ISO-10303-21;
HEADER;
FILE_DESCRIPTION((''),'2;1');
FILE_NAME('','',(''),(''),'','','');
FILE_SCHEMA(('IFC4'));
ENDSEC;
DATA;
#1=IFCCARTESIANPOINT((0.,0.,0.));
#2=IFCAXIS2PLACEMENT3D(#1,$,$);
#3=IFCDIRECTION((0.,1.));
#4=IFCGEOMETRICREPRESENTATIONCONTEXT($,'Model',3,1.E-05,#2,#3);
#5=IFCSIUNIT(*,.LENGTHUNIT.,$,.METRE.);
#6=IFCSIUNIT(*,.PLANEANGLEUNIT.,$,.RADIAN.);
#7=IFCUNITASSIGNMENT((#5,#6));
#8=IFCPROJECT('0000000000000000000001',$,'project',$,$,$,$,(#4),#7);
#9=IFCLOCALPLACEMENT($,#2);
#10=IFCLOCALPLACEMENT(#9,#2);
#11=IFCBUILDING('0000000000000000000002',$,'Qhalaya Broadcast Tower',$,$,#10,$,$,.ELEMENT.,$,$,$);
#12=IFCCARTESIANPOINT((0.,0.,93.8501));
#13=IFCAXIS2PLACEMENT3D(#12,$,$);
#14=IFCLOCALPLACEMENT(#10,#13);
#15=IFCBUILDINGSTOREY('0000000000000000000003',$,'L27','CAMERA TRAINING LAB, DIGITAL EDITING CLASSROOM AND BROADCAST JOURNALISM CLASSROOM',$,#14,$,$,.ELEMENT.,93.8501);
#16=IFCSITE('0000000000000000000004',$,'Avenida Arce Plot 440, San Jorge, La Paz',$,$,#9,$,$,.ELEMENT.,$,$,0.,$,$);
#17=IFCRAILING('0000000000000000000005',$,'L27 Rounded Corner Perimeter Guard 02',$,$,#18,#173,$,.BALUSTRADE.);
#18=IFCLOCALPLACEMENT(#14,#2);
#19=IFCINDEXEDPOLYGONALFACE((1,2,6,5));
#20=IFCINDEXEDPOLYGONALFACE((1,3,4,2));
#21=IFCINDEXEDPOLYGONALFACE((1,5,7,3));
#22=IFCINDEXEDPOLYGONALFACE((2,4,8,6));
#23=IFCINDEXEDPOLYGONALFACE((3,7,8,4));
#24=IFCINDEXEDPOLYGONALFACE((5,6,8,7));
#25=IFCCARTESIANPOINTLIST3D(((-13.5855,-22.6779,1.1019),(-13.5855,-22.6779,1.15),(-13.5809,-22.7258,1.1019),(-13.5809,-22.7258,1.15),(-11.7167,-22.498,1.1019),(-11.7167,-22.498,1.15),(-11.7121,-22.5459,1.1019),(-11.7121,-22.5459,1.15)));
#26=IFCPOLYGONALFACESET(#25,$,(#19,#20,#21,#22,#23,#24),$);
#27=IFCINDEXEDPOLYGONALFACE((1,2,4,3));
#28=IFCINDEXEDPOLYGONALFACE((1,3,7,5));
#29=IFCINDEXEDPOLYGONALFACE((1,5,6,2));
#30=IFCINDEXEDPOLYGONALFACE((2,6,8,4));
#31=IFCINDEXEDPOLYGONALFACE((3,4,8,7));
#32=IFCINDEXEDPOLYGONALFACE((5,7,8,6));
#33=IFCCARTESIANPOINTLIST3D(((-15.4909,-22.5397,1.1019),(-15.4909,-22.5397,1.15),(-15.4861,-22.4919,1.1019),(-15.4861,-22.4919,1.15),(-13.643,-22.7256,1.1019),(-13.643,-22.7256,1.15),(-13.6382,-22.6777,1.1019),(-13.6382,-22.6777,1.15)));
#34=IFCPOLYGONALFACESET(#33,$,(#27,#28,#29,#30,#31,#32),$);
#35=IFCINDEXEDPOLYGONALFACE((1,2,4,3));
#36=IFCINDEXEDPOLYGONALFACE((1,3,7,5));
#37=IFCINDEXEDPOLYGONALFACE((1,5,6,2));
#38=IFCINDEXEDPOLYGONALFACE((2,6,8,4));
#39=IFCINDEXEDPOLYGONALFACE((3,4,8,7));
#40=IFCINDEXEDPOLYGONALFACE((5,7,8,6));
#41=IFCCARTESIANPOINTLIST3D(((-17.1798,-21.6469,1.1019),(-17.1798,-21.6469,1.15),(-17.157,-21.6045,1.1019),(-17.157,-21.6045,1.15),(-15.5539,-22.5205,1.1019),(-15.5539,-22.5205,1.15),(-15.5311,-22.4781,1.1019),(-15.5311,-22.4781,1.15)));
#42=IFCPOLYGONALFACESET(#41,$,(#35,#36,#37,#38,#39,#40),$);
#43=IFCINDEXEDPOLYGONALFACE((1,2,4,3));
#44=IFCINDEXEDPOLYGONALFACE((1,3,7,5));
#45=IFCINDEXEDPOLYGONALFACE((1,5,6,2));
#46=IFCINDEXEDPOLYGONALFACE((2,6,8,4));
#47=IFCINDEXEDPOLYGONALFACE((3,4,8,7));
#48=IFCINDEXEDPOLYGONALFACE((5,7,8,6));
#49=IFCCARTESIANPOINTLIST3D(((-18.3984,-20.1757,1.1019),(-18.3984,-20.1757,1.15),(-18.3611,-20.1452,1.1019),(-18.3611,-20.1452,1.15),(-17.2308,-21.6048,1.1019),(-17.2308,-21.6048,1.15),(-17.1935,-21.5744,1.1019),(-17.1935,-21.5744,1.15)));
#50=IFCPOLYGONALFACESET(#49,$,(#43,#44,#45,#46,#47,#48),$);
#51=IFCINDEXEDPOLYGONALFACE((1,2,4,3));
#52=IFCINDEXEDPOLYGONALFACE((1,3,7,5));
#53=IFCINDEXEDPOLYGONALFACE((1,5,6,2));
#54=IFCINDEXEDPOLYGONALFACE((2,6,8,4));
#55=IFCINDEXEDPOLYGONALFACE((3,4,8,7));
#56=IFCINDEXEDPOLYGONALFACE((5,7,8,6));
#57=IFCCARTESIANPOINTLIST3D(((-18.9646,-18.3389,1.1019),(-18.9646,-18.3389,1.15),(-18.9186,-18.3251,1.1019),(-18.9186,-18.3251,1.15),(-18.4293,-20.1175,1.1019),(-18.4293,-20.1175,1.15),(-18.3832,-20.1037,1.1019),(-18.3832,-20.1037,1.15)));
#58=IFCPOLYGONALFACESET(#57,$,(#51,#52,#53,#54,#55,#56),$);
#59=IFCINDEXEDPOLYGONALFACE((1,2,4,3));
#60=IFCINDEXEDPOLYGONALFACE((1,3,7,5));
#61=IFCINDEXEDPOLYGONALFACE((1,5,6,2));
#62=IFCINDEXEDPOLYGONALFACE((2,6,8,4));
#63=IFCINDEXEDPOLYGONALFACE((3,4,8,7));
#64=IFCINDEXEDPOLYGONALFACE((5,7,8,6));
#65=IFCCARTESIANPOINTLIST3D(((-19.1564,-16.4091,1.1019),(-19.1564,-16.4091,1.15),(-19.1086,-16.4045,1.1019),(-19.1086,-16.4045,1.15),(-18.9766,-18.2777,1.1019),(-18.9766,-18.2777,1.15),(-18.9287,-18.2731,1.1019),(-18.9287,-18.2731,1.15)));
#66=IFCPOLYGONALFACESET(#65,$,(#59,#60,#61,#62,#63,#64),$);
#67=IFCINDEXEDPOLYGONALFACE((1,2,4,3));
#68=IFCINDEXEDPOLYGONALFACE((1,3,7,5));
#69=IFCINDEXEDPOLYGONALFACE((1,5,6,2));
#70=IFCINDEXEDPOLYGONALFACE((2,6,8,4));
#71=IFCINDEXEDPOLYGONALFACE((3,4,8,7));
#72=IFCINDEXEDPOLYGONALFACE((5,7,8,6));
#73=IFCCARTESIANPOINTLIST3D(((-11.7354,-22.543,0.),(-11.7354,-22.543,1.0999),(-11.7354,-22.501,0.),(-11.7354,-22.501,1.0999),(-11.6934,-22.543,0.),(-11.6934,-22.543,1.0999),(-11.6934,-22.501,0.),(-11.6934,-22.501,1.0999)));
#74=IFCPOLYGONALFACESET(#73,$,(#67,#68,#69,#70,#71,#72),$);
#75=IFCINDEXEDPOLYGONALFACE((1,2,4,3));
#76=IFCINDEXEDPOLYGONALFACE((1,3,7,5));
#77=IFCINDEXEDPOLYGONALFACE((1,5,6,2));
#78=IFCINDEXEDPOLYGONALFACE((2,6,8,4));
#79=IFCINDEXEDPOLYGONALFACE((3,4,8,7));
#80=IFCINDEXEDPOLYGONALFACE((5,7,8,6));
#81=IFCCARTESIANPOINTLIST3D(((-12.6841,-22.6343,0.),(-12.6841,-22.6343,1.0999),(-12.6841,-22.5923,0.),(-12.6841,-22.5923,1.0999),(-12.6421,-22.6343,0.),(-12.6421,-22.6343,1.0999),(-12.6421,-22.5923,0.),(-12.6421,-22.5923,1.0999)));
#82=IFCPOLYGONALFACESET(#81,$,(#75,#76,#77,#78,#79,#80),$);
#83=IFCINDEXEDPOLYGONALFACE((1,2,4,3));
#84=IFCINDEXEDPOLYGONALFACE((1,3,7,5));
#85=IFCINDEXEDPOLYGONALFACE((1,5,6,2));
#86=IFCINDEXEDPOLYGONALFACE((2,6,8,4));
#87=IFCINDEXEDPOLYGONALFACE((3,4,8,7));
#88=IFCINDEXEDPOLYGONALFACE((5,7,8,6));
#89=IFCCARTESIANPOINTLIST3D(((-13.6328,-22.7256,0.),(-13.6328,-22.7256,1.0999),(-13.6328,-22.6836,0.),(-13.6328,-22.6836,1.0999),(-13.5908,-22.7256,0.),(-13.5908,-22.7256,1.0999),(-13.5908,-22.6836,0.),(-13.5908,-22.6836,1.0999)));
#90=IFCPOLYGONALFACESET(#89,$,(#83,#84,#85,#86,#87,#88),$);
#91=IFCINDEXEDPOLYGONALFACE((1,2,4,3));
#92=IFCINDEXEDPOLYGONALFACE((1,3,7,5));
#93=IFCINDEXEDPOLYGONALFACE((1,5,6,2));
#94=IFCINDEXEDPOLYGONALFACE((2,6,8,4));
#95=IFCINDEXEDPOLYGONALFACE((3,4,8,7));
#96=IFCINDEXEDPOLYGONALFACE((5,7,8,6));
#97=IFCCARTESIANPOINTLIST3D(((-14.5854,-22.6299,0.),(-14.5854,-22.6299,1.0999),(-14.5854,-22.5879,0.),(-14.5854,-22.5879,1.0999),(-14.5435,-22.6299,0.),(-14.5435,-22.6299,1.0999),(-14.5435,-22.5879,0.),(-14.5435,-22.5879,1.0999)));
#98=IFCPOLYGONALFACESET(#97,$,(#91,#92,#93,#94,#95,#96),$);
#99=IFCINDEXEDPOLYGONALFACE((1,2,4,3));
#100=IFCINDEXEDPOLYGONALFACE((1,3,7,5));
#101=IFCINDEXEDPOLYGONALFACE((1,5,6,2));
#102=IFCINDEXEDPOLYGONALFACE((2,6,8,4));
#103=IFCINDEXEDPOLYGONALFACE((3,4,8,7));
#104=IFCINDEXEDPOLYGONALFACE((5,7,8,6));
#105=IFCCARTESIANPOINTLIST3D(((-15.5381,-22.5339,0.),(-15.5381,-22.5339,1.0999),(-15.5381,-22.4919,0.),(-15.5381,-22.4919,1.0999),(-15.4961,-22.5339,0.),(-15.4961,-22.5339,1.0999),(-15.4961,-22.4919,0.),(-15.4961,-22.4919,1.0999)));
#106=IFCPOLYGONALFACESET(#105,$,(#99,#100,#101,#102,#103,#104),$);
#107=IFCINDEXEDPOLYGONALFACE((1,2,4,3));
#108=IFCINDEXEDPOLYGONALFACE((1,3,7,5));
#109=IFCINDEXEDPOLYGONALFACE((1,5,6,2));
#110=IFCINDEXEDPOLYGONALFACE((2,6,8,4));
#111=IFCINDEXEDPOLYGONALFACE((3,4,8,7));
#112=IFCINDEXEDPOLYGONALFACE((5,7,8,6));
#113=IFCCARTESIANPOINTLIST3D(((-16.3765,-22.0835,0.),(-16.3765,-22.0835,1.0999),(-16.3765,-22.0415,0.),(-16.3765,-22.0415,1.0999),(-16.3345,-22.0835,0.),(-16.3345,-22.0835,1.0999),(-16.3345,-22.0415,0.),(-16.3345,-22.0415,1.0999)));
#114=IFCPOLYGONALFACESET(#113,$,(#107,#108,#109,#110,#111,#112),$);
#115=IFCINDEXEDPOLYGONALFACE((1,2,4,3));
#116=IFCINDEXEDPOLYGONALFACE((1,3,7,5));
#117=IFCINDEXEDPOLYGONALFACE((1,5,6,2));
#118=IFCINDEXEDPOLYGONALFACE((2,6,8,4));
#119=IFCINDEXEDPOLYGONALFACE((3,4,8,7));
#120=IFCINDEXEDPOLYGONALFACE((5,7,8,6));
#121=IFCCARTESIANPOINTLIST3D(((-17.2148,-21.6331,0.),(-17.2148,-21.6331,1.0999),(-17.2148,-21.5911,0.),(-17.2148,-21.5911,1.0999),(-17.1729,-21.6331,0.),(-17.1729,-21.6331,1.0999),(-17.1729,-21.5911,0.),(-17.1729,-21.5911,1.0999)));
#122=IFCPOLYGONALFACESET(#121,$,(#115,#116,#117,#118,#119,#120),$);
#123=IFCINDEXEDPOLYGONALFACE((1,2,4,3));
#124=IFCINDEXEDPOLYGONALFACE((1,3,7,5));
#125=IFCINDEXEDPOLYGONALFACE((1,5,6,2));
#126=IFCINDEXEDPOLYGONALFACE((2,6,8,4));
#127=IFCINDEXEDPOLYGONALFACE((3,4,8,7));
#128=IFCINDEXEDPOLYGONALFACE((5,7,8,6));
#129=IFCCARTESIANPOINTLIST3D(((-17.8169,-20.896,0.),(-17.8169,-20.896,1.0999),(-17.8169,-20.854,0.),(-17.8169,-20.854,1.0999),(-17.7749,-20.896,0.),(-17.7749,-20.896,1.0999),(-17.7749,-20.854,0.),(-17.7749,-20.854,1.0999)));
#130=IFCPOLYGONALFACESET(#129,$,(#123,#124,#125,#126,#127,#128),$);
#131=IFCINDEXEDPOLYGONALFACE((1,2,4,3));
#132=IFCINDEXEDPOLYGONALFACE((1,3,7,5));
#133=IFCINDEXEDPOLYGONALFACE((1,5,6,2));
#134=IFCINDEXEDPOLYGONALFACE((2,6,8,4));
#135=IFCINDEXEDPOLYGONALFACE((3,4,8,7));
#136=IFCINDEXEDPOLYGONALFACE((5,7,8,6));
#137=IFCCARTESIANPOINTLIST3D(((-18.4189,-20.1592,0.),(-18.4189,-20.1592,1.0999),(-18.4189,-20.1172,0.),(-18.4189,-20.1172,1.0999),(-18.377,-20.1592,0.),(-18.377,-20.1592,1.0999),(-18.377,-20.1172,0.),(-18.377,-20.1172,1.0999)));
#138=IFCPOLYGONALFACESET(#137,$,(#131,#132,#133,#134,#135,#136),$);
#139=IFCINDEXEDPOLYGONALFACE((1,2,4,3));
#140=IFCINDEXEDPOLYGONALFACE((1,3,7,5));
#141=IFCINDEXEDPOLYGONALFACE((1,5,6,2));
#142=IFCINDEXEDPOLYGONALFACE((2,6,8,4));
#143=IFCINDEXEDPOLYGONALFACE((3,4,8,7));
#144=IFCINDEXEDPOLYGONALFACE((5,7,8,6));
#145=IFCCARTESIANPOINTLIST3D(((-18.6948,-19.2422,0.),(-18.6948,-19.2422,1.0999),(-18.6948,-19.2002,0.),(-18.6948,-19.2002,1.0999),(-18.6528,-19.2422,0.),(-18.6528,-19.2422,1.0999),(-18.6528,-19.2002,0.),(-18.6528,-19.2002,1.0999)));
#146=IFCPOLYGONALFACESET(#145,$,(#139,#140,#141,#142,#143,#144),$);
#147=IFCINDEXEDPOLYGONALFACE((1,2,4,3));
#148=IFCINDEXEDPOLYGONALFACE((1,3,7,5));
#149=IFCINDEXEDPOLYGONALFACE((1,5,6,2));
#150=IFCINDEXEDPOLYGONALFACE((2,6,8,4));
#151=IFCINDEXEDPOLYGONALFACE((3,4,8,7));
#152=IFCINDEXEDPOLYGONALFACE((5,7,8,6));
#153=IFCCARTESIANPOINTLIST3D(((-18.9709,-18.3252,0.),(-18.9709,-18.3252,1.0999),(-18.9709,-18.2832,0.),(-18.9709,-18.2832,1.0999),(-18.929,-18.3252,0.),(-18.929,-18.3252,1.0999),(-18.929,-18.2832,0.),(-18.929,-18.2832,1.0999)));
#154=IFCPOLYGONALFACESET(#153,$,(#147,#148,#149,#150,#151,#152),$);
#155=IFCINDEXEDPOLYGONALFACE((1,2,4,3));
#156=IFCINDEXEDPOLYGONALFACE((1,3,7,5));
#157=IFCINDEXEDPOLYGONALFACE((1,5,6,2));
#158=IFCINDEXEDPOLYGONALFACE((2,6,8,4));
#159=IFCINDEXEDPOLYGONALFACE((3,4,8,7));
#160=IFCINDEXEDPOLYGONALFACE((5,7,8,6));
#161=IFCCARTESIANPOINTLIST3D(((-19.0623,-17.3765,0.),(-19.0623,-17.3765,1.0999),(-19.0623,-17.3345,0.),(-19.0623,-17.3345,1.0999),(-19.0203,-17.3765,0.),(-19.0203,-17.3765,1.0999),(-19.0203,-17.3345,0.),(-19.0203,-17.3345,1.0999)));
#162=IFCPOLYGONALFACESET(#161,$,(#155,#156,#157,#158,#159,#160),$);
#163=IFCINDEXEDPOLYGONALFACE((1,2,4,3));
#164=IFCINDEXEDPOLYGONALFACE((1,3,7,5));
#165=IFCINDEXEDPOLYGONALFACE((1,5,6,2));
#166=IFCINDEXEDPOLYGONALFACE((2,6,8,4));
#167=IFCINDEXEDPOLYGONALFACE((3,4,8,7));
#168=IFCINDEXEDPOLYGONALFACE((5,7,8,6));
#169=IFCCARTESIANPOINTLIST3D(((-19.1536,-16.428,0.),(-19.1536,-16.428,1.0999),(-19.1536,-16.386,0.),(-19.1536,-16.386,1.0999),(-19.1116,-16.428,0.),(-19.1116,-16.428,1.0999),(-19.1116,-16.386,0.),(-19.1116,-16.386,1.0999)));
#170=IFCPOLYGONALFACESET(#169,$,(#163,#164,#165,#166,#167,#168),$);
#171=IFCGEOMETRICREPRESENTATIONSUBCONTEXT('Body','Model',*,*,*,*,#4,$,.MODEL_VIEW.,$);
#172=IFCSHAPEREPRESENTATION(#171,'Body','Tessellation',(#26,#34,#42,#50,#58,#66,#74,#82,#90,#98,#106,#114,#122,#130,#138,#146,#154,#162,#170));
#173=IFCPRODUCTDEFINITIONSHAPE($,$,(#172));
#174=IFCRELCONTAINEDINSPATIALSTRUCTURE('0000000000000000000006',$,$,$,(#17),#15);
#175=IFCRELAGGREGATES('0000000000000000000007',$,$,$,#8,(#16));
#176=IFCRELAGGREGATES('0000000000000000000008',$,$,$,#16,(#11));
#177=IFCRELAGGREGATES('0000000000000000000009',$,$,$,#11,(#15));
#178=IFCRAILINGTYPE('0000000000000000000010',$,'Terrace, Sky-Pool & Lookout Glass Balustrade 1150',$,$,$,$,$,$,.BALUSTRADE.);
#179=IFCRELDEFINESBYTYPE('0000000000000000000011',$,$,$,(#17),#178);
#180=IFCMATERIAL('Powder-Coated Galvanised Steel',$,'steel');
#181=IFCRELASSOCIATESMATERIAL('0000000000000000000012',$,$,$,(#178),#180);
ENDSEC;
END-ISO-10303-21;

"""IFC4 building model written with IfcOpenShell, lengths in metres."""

from ifc_helpers import new_model, si_unit, direction, frame, origin, origin_2d, place, context, subcontext, project, spatial, rectangle, extrude, material, type_object, element, save


model = new_model("IFC4")

# Units and contexts
model_context = context("Model", 3, precision=1e-05, world=origin(), true_north=direction((0.0, 1.0)))
body_context = subcontext(model_context, "Body", "Model", "MODEL_VIEW")
ifc_project = project(units=[si_unit("LENGTHUNIT", "METRE"), si_unit("PLANEANGLEUNIT", "RADIAN")], contexts=[model_context])

# Site, building, storey
site_placement = place(None, origin())
site = spatial("IfcSite", under=ifc_project, at=site_placement, Name="Avenida Arce Plot 440, San Jorge, La Paz", CompositionType="ELEMENT", RefElevation=0.0)
building_placement = place(site_placement, origin())
building = spatial("IfcBuilding", under=site, at=building_placement, Name="Qhalaya Broadcast Tower", CompositionType="ELEMENT")
storey_placement = place(building_placement, frame((0.0, 0.0, 93.8501)))
storey = spatial("IfcBuildingStorey", under=building, at=storey_placement, Name="L27", Description="CAMERA TRAINING LAB, DIGITAL EDITING CLASSROOM AND BROADCAST JOURNALISM CLASSROOM", CompositionType="ELEMENT", Elevation=93.8501)

# Railing
ifc_material_1 = material(Name="Powder-Coated Galvanised Steel", Category="steel")
railing_type = type_object("IfcRailingType", Name="Terrace, Sky-Pool & Lookout Glass Balustrade 1150", PredefinedType="BALUSTRADE", material=ifc_material_1)
railing_placement = place(storey_placement, frame((-11.7144, -22.522, 0.0)))
element("IfcRailing", 1, at=railing_placement, inside=storey, type_object=railing_type, Name="L27 Rounded Corner Perimeter Guard 02", PredefinedType="BALUSTRADE", context=body_context, shape_type="SweptSolid", body=[
    extrude(rectangle(XDim=0.0481, YDim=0.0481, at=origin_2d()), frame((0.0, 0.0, 1.126), z_axis=(-0.995401, -0.0958, 0.0), x_axis=(0.0958, -0.995401, 0.0)), (0.0, 0.0, 1.0), 1.8774),
    extrude(rectangle(XDim=0.0481, YDim=0.0481, at=origin_2d()), frame((-1.9263, -0.1797, 1.126), z_axis=(-0.994979, 0.100084, 0.0), x_axis=(-0.100084, -0.994979, 0.0)), (0.0, 0.0, 1.0), 1.8572),
    extrude(rectangle(XDim=0.0481, YDim=0.0481, at=origin_2d()), frame((-3.8281, 0.0227, 1.126), z_axis=(-0.880907, 0.473289, 0.0), x_axis=(-0.473289, -0.880907, 0.0)), (0.0, 0.0, 1.0), 1.8457),
    extrude(rectangle(XDim=0.0481, YDim=0.0481, at=origin_2d()), frame((-5.4978, 0.9324, 1.126), z_axis=(-0.632672, 0.77442, 0.0), x_axis=(-0.77442, -0.632672, 0.0)), (0.0, 0.0, 1.0), 1.8455),
    extrude(rectangle(XDim=0.0481, YDim=0.0481, at=origin_2d()), frame((-6.6919, 2.4114, 1.126), z_axis=(-0.288213, 0.957566, 0.0), x_axis=(-0.957566, -0.288213, 0.0)), (0.0, 0.0, 1.0), 1.8574),
    extrude(rectangle(XDim=0.0481, YDim=0.0481, at=origin_2d()), frame((-7.2383, 4.2466, 1.126), z_axis=(-0.095812, 0.995399, 0.0), x_axis=(-0.995399, -0.095812, 0.0)), (0.0, 0.0, 1.0), 1.8772),
    extrude(rectangle(XDim=0.042, YDim=0.042, at=origin_2d()), origin(), (0.0, 0.0, 1.0), 1.0999),
    extrude(rectangle(XDim=0.042, YDim=0.042, at=origin_2d()), frame((-0.9487, -0.0913, 0.0)), (0.0, 0.0, 1.0), 1.0999),
    extrude(rectangle(XDim=0.042, YDim=0.042, at=origin_2d()), frame((-1.8975, -0.1826, 0.0)), (0.0, 0.0, 1.0), 1.0999),
    extrude(rectangle(XDim=0.042, YDim=0.042, at=origin_2d()), frame((-2.8501, -0.0869, 0.0)), (0.0, 0.0, 1.0), 1.0999),
    extrude(rectangle(XDim=0.042, YDim=0.042, at=origin_2d()), frame((-3.8027, 0.009, 0.0)), (0.0, 0.0, 1.0), 1.0999),
    extrude(rectangle(XDim=0.042, YDim=0.042, at=origin_2d()), frame((-4.6411, 0.4595, 0.0)), (0.0, 0.0, 1.0), 1.0999),
    extrude(rectangle(XDim=0.042, YDim=0.042, at=origin_2d()), frame((-5.4795, 0.9099, 0.0)), (0.0, 0.0, 1.0), 1.0999),
    extrude(rectangle(XDim=0.042, YDim=0.042, at=origin_2d()), frame((-6.0815, 1.647, 0.0)), (0.0, 0.0, 1.0), 1.0999),
    extrude(rectangle(XDim=0.042, YDim=0.042, at=origin_2d()), frame((-6.6836, 2.3838, 0.0)), (0.0, 0.0, 1.0), 1.0999),
    extrude(rectangle(XDim=0.042, YDim=0.042, at=origin_2d()), frame((-6.9595, 3.3008, 0.0)), (0.0, 0.0, 1.0), 1.0999),
    extrude(rectangle(XDim=0.042, YDim=0.042, at=origin_2d()), frame((-7.2356, 4.2178, 0.0)), (0.0, 0.0, 1.0), 1.0999),
    extrude(rectangle(XDim=0.042, YDim=0.042, at=origin_2d()), frame((-7.3269, 5.1665, 0.0)), (0.0, 0.0, 1.0), 1.0999),
    extrude(rectangle(XDim=0.042, YDim=0.042, at=origin_2d()), frame((-7.4182, 6.115, 0.0)), (0.0, 0.0, 1.0), 1.0999),
])

save(model, "model.ifc")
